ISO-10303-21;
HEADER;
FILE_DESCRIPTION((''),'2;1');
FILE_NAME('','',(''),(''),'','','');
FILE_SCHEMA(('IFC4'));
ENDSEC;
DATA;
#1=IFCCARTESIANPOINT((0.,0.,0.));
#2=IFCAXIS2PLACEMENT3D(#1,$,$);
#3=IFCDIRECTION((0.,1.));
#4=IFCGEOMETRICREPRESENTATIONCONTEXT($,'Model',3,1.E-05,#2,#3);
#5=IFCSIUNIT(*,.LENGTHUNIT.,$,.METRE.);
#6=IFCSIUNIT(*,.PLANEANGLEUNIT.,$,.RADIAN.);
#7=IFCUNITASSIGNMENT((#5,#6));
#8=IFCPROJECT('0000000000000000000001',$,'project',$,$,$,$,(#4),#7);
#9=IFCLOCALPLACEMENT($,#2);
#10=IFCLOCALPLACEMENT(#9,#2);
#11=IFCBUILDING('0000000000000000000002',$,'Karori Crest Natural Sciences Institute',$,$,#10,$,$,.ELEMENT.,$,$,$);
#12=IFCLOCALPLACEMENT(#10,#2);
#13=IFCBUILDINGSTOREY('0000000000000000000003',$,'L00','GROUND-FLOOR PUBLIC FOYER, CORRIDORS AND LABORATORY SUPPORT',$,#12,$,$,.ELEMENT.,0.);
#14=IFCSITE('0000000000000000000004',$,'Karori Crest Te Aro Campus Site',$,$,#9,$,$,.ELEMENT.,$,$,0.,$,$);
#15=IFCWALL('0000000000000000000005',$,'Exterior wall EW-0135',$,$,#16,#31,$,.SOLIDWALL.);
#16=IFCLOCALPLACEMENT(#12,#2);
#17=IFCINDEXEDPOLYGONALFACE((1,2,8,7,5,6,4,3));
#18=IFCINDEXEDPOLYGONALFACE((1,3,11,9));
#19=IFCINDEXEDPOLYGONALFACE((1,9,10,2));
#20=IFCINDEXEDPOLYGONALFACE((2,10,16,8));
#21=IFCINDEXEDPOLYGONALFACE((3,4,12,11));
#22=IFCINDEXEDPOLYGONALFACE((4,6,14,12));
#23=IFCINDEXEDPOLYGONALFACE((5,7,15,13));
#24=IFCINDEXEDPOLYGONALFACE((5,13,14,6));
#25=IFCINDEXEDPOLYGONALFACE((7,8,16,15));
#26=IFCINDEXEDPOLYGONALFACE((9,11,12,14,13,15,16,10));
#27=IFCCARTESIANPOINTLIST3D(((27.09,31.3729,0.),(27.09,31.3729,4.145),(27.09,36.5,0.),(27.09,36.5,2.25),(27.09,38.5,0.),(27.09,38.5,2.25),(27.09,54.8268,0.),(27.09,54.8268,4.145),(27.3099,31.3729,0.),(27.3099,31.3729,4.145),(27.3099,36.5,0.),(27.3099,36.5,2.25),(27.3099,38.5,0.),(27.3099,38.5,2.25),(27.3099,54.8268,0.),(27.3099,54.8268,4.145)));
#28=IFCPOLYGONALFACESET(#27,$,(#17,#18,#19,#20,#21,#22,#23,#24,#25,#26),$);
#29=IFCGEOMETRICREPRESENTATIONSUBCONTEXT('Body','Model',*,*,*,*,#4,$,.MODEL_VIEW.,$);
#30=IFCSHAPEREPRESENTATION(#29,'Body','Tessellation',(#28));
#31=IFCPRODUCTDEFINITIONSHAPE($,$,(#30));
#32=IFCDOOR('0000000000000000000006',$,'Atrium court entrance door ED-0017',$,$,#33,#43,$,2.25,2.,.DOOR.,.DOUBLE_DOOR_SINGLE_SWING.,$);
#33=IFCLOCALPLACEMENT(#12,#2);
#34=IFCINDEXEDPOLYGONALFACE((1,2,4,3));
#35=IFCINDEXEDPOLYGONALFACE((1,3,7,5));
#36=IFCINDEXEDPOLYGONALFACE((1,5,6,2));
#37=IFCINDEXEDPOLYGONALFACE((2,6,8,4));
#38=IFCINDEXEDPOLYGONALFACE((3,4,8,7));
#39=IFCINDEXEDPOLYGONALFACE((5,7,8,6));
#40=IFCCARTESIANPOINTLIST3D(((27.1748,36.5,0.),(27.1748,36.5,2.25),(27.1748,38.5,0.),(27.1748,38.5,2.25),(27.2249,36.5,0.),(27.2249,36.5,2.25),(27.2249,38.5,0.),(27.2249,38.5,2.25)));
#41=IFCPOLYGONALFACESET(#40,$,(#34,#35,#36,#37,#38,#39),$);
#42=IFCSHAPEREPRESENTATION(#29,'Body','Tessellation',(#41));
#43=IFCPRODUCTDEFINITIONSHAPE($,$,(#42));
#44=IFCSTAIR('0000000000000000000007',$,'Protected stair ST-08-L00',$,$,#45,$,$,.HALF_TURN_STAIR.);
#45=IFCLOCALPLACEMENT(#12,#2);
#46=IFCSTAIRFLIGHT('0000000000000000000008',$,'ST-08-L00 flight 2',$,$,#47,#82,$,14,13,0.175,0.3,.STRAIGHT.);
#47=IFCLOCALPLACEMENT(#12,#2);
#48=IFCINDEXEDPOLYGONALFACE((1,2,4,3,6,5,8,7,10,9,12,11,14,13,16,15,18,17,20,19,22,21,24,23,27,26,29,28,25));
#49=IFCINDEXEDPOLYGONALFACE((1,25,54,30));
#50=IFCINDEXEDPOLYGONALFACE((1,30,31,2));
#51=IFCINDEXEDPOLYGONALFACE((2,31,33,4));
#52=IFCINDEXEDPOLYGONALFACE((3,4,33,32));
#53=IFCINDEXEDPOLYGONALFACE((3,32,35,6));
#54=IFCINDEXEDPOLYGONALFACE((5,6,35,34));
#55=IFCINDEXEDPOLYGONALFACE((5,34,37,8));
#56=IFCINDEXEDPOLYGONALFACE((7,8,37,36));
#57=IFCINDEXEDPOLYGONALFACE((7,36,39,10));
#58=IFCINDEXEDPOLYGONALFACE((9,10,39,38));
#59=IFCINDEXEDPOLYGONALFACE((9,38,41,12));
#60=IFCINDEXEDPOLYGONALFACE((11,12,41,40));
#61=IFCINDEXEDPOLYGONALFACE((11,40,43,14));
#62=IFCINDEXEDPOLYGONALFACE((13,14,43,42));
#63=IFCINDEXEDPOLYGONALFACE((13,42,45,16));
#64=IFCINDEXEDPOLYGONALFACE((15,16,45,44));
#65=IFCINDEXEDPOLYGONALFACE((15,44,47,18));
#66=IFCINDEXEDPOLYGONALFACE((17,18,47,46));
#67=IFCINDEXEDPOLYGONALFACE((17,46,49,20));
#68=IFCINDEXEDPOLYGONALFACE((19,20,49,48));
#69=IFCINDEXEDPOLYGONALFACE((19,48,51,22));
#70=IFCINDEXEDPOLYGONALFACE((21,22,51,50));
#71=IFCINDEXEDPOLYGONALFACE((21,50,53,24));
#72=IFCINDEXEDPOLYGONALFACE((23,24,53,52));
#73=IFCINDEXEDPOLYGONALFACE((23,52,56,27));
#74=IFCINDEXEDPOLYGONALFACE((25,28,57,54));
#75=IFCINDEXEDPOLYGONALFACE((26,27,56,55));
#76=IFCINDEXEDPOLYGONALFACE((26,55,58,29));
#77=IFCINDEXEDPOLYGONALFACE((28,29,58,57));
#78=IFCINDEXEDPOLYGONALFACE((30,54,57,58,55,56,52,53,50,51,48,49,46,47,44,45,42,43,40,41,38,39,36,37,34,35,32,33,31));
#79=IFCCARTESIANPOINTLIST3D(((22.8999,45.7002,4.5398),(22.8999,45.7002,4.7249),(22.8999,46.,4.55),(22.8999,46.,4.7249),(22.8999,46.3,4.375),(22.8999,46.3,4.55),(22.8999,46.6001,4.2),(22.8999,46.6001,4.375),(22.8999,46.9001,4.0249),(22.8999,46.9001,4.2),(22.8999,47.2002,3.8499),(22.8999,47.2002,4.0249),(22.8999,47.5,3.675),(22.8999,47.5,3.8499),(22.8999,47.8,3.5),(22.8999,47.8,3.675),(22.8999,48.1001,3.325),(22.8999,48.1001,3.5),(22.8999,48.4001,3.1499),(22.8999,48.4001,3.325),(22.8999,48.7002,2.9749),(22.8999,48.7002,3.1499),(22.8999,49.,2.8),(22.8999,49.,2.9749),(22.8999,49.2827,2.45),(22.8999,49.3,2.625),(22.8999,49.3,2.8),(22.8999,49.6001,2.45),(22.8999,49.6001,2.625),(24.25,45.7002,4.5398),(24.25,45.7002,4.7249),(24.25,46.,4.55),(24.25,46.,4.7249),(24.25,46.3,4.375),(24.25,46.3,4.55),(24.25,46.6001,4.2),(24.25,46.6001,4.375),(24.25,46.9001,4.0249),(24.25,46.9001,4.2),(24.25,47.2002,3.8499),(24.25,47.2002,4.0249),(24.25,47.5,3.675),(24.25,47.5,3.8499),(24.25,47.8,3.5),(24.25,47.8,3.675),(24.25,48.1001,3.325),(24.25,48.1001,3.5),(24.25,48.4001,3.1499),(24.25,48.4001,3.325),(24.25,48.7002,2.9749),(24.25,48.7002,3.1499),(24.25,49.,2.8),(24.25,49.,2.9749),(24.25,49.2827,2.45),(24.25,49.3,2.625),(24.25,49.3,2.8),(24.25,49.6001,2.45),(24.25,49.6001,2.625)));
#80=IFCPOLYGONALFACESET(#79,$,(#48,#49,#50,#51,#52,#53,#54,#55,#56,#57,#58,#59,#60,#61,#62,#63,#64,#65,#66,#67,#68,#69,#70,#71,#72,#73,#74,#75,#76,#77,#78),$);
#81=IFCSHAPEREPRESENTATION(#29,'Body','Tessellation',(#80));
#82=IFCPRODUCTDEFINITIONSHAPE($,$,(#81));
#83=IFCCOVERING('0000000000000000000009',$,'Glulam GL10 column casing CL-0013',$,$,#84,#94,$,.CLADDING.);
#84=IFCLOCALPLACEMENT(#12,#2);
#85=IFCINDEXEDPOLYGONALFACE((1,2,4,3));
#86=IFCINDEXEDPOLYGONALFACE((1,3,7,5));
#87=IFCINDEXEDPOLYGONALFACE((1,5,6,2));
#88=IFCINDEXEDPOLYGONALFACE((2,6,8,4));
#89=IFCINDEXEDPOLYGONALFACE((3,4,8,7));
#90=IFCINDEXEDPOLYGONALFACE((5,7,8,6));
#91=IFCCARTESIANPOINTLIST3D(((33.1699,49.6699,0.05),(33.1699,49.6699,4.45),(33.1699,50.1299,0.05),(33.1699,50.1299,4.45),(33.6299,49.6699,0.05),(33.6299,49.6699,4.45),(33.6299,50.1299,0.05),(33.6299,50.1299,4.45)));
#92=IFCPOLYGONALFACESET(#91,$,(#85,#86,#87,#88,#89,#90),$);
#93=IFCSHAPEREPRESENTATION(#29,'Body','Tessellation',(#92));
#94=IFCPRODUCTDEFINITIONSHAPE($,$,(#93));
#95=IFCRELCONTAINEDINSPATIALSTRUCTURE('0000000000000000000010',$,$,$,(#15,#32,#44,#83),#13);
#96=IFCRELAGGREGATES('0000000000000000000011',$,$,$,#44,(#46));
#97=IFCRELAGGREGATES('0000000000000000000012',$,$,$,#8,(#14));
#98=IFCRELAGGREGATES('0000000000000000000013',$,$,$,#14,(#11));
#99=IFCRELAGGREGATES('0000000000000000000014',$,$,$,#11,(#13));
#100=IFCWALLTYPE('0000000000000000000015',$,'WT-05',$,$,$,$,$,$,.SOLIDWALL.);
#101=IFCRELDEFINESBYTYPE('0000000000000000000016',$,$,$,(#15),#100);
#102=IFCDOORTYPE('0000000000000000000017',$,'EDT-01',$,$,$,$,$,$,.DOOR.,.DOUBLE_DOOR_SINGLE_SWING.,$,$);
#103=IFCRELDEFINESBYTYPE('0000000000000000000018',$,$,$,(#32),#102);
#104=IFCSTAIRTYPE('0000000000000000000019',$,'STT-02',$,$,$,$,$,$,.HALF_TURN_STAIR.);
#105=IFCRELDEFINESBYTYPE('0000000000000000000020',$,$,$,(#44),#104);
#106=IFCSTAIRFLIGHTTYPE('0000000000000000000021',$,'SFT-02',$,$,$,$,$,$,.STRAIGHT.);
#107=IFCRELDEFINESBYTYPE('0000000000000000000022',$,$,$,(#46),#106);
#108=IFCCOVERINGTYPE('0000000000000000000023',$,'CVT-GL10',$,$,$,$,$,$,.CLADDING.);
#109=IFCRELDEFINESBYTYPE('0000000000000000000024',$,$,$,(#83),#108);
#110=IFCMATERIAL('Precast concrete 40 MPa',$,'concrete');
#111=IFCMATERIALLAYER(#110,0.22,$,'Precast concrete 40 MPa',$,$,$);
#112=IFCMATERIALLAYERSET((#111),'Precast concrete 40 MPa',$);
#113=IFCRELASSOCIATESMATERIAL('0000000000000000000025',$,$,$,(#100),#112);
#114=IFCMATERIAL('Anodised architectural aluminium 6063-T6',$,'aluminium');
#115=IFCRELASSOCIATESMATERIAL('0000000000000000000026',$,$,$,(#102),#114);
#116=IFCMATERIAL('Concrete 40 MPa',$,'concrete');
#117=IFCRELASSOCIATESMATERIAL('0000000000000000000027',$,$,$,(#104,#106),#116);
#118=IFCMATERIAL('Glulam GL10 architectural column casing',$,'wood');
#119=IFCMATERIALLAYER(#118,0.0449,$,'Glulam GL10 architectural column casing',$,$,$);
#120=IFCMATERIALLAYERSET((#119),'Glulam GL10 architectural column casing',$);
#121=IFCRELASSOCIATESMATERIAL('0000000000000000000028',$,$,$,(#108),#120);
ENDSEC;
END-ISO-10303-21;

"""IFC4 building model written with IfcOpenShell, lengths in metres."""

from ifc_helpers import new_model, si_unit, direction, frame, frame_2d, origin, origin_2d, place, context, subcontext, project, spatial, polyline, rectangle, outline, extrude, material, layer, layer_set, type_object, element, fill, aggregate, save


model = new_model("IFC4")

# Units and contexts
model_context = context("Model", 3, precision=1e-05, world=origin(), true_north=direction((0.0, 1.0)))
body_context = subcontext(model_context, "Body", "Model", "MODEL_VIEW")
ifc_project = project(units=[si_unit("LENGTHUNIT", "METRE"), si_unit("PLANEANGLEUNIT", "RADIAN")], contexts=[model_context])

# Site, building, storey
site_placement = place(None, origin())
site = spatial("IfcSite", under=ifc_project, at=site_placement, Name="Karori Crest Te Aro Campus Site", CompositionType="ELEMENT", RefElevation=0.0)
building_placement = place(site_placement, origin())
building = spatial("IfcBuilding", under=site, at=building_placement, Name="Karori Crest Natural Sciences Institute", CompositionType="ELEMENT")
storey_placement = place(building_placement, origin())
storey = spatial("IfcBuildingStorey", under=building, at=storey_placement, Name="L00", Description="GROUND-FLOOR PUBLIC FOYER, CORRIDORS AND LABORATORY SUPPORT", CompositionType="ELEMENT", Elevation=0.0)

# Shared definitions
ifc_material_1 = material(Name="Anodised architectural aluminium 6063-T6", Category="aluminium")

# Wall, opening, door
ifc_material_2 = material(Name="Precast concrete 40 MPa", Category="concrete")
ifc_layer_1 = layer(ifc_material_2, 0.22, Name="Precast concrete 40 MPa")
ifc_layer_set_1 = layer_set([ifc_layer_1], Name="Precast concrete 40 MPa")
wall_type_1 = type_object("IfcWallType", Name="WT-05", PredefinedType="SOLIDWALL", material=ifc_layer_set_1)
wall_1_placement = place(storey_placement, frame((27.2, 54.8269, 0.0), z_axis=(0.0, 0.0, 1.0), x_axis=(0.0, -1.0, 0.0)))
wall_1 = element("IfcWall", 1, at=wall_1_placement, inside=storey, type_object=wall_type_1, Name="Exterior wall EW-0135", PredefinedType="SOLIDWALL", context=body_context, shape_type="SweptSolid", body=[
    extrude(rectangle(XDim=23.4539, YDim=0.22, at=frame_2d((11.7271, 0.0))), origin(), (0.0, 0.0, 1.0), 4.145),
])
opening_placement = place(wall_1_placement, frame((16.3269, 0.0, 0.0)))
opening = element("IfcOpeningElement", 2, at=opening_placement, cuts=wall_1, PredefinedType="OPENING", context=body_context, shape_type="SweptSolid", body=[
    extrude(rectangle(XDim=2.0, YDim=2.25, at=frame_2d((1.0, 1.125))), frame((0.0, 0.1201, 0.0), z_axis=(0.0, -1.0, 0.0), x_axis=(1.0, 0.0, 0.0)), (0.0, 0.0, 1.0), 0.24),
])
door_type = type_object("IfcDoorType", Name="EDT-01", OperationType="DOUBLE_DOOR_SINGLE_SWING", PredefinedType="DOOR", material=ifc_material_1)
door_placement = place(opening_placement, origin())
door = element("IfcDoor", 3, at=door_placement, inside=storey, type_object=door_type, Name="Atrium court entrance door ED-0017", OperationType="DOUBLE_DOOR_SINGLE_SWING", OverallHeight=2.25, OverallWidth=2.0, PredefinedType="DOOR", context=body_context, shape_type="SweptSolid", body=[
    extrude(rectangle(XDim=2.0, YDim=2.25, at=frame_2d((1.0, 1.125))), frame((0.0, 0.0249, 0.0), z_axis=(0.0, -1.0, 0.0), x_axis=(1.0, 0.0, 0.0)), (0.0, 0.0, 1.0), 0.05),
])
fill(opening, door)

# Stair, stair flight
ifc_material_3 = material(Name="Concrete 40 MPa", Category="concrete")
stair_type = type_object("IfcStairType", Name="STT-02", PredefinedType="HALF_TURN_STAIR", material=ifc_material_3)
stair_placement = place(storey_placement, origin())
stair = element("IfcStair", 4, at=stair_placement, inside=storey, type_object=stair_type, Name="Protected stair ST-08-L00", PredefinedType="HALF_TURN_STAIR")
stair_flight_type = type_object("IfcStairFlightType", Name="SFT-02", PredefinedType="STRAIGHT", material=ifc_material_3)
stair_flight_placement = place(storey_placement, frame((23.575, 49.6001, 2.45), z_axis=(0.0, 0.0, 1.0), x_axis=(0.0, -1.0, 0.0)))
stair_flight = element("IfcStairFlight", 5, at=stair_flight_placement, type_object=stair_flight_type, Name="ST-08-L00 flight 2", NumberOfRisers=14, NumberOfTreads=13, PredefinedType="STRAIGHT", RiserHeight=0.175, TreadLength=0.3, context=body_context, shape_type="SweptSolid", body=[
    extrude(outline(polyline([(0.0, 0.0), (0.0, 0.175), (0.3, 0.175), (0.3, 0.3501), (0.6001, 0.3501), (0.6001, 0.5249), (0.8999, 0.5249), (0.8999, 0.7), (1.2, 0.7), (1.2, 0.875), (1.5, 0.875), (1.5, 1.05), (1.8, 1.05), (1.8, 1.2251), (2.1001, 1.2251), (2.1001, 1.3999), (2.3999, 1.3999), (2.3999, 1.575), (2.7, 1.575), (2.7, 1.75), (3.0, 1.75), (3.0, 1.925), (3.3, 1.925), (3.3, 2.1001), (3.6001, 2.1001), (3.6001, 2.2749), (3.8999, 2.2749), (3.8999, 2.45), (3.8999, 2.0898), (0.3174, 0.0), (0.0, 0.0)])), frame((0.0, 0.675, 0.0), z_axis=(0.0, -1.0, 0.0), x_axis=(1.0, 0.0, 0.0)), (0.0, 0.0, 1.0), 1.3501),
])
aggregate(stair, [stair_flight])

# Covering
ifc_material_4 = material(Name="Glulam GL10 architectural column casing", Category="wood")
ifc_layer_2 = layer(ifc_material_4, 0.0449, Name="Glulam GL10 architectural column casing")
ifc_layer_set_2 = layer_set([ifc_layer_2], Name="Glulam GL10 architectural column casing")
covering_type = type_object("IfcCoveringType", Name="CVT-GL10", PredefinedType="CLADDING", material=ifc_layer_set_2)
covering_placement = place(storey_placement, frame((33.3999, 49.8999, 0.05), z_axis=(0.0, 0.0, 1.0), x_axis=(-1.0, 0.0, 0.0)))
element("IfcCovering", 6, at=covering_placement, inside=storey, type_object=covering_type, Name="Glulam GL10 column casing CL-0013", PredefinedType="CLADDING", context=body_context, shape_type="SweptSolid", body=[
    extrude(rectangle(XDim=0.46, YDim=0.46, at=origin_2d()), origin(), (0.0, 0.0, 1.0), 4.3999),
])

save(model, "model.ifc")
